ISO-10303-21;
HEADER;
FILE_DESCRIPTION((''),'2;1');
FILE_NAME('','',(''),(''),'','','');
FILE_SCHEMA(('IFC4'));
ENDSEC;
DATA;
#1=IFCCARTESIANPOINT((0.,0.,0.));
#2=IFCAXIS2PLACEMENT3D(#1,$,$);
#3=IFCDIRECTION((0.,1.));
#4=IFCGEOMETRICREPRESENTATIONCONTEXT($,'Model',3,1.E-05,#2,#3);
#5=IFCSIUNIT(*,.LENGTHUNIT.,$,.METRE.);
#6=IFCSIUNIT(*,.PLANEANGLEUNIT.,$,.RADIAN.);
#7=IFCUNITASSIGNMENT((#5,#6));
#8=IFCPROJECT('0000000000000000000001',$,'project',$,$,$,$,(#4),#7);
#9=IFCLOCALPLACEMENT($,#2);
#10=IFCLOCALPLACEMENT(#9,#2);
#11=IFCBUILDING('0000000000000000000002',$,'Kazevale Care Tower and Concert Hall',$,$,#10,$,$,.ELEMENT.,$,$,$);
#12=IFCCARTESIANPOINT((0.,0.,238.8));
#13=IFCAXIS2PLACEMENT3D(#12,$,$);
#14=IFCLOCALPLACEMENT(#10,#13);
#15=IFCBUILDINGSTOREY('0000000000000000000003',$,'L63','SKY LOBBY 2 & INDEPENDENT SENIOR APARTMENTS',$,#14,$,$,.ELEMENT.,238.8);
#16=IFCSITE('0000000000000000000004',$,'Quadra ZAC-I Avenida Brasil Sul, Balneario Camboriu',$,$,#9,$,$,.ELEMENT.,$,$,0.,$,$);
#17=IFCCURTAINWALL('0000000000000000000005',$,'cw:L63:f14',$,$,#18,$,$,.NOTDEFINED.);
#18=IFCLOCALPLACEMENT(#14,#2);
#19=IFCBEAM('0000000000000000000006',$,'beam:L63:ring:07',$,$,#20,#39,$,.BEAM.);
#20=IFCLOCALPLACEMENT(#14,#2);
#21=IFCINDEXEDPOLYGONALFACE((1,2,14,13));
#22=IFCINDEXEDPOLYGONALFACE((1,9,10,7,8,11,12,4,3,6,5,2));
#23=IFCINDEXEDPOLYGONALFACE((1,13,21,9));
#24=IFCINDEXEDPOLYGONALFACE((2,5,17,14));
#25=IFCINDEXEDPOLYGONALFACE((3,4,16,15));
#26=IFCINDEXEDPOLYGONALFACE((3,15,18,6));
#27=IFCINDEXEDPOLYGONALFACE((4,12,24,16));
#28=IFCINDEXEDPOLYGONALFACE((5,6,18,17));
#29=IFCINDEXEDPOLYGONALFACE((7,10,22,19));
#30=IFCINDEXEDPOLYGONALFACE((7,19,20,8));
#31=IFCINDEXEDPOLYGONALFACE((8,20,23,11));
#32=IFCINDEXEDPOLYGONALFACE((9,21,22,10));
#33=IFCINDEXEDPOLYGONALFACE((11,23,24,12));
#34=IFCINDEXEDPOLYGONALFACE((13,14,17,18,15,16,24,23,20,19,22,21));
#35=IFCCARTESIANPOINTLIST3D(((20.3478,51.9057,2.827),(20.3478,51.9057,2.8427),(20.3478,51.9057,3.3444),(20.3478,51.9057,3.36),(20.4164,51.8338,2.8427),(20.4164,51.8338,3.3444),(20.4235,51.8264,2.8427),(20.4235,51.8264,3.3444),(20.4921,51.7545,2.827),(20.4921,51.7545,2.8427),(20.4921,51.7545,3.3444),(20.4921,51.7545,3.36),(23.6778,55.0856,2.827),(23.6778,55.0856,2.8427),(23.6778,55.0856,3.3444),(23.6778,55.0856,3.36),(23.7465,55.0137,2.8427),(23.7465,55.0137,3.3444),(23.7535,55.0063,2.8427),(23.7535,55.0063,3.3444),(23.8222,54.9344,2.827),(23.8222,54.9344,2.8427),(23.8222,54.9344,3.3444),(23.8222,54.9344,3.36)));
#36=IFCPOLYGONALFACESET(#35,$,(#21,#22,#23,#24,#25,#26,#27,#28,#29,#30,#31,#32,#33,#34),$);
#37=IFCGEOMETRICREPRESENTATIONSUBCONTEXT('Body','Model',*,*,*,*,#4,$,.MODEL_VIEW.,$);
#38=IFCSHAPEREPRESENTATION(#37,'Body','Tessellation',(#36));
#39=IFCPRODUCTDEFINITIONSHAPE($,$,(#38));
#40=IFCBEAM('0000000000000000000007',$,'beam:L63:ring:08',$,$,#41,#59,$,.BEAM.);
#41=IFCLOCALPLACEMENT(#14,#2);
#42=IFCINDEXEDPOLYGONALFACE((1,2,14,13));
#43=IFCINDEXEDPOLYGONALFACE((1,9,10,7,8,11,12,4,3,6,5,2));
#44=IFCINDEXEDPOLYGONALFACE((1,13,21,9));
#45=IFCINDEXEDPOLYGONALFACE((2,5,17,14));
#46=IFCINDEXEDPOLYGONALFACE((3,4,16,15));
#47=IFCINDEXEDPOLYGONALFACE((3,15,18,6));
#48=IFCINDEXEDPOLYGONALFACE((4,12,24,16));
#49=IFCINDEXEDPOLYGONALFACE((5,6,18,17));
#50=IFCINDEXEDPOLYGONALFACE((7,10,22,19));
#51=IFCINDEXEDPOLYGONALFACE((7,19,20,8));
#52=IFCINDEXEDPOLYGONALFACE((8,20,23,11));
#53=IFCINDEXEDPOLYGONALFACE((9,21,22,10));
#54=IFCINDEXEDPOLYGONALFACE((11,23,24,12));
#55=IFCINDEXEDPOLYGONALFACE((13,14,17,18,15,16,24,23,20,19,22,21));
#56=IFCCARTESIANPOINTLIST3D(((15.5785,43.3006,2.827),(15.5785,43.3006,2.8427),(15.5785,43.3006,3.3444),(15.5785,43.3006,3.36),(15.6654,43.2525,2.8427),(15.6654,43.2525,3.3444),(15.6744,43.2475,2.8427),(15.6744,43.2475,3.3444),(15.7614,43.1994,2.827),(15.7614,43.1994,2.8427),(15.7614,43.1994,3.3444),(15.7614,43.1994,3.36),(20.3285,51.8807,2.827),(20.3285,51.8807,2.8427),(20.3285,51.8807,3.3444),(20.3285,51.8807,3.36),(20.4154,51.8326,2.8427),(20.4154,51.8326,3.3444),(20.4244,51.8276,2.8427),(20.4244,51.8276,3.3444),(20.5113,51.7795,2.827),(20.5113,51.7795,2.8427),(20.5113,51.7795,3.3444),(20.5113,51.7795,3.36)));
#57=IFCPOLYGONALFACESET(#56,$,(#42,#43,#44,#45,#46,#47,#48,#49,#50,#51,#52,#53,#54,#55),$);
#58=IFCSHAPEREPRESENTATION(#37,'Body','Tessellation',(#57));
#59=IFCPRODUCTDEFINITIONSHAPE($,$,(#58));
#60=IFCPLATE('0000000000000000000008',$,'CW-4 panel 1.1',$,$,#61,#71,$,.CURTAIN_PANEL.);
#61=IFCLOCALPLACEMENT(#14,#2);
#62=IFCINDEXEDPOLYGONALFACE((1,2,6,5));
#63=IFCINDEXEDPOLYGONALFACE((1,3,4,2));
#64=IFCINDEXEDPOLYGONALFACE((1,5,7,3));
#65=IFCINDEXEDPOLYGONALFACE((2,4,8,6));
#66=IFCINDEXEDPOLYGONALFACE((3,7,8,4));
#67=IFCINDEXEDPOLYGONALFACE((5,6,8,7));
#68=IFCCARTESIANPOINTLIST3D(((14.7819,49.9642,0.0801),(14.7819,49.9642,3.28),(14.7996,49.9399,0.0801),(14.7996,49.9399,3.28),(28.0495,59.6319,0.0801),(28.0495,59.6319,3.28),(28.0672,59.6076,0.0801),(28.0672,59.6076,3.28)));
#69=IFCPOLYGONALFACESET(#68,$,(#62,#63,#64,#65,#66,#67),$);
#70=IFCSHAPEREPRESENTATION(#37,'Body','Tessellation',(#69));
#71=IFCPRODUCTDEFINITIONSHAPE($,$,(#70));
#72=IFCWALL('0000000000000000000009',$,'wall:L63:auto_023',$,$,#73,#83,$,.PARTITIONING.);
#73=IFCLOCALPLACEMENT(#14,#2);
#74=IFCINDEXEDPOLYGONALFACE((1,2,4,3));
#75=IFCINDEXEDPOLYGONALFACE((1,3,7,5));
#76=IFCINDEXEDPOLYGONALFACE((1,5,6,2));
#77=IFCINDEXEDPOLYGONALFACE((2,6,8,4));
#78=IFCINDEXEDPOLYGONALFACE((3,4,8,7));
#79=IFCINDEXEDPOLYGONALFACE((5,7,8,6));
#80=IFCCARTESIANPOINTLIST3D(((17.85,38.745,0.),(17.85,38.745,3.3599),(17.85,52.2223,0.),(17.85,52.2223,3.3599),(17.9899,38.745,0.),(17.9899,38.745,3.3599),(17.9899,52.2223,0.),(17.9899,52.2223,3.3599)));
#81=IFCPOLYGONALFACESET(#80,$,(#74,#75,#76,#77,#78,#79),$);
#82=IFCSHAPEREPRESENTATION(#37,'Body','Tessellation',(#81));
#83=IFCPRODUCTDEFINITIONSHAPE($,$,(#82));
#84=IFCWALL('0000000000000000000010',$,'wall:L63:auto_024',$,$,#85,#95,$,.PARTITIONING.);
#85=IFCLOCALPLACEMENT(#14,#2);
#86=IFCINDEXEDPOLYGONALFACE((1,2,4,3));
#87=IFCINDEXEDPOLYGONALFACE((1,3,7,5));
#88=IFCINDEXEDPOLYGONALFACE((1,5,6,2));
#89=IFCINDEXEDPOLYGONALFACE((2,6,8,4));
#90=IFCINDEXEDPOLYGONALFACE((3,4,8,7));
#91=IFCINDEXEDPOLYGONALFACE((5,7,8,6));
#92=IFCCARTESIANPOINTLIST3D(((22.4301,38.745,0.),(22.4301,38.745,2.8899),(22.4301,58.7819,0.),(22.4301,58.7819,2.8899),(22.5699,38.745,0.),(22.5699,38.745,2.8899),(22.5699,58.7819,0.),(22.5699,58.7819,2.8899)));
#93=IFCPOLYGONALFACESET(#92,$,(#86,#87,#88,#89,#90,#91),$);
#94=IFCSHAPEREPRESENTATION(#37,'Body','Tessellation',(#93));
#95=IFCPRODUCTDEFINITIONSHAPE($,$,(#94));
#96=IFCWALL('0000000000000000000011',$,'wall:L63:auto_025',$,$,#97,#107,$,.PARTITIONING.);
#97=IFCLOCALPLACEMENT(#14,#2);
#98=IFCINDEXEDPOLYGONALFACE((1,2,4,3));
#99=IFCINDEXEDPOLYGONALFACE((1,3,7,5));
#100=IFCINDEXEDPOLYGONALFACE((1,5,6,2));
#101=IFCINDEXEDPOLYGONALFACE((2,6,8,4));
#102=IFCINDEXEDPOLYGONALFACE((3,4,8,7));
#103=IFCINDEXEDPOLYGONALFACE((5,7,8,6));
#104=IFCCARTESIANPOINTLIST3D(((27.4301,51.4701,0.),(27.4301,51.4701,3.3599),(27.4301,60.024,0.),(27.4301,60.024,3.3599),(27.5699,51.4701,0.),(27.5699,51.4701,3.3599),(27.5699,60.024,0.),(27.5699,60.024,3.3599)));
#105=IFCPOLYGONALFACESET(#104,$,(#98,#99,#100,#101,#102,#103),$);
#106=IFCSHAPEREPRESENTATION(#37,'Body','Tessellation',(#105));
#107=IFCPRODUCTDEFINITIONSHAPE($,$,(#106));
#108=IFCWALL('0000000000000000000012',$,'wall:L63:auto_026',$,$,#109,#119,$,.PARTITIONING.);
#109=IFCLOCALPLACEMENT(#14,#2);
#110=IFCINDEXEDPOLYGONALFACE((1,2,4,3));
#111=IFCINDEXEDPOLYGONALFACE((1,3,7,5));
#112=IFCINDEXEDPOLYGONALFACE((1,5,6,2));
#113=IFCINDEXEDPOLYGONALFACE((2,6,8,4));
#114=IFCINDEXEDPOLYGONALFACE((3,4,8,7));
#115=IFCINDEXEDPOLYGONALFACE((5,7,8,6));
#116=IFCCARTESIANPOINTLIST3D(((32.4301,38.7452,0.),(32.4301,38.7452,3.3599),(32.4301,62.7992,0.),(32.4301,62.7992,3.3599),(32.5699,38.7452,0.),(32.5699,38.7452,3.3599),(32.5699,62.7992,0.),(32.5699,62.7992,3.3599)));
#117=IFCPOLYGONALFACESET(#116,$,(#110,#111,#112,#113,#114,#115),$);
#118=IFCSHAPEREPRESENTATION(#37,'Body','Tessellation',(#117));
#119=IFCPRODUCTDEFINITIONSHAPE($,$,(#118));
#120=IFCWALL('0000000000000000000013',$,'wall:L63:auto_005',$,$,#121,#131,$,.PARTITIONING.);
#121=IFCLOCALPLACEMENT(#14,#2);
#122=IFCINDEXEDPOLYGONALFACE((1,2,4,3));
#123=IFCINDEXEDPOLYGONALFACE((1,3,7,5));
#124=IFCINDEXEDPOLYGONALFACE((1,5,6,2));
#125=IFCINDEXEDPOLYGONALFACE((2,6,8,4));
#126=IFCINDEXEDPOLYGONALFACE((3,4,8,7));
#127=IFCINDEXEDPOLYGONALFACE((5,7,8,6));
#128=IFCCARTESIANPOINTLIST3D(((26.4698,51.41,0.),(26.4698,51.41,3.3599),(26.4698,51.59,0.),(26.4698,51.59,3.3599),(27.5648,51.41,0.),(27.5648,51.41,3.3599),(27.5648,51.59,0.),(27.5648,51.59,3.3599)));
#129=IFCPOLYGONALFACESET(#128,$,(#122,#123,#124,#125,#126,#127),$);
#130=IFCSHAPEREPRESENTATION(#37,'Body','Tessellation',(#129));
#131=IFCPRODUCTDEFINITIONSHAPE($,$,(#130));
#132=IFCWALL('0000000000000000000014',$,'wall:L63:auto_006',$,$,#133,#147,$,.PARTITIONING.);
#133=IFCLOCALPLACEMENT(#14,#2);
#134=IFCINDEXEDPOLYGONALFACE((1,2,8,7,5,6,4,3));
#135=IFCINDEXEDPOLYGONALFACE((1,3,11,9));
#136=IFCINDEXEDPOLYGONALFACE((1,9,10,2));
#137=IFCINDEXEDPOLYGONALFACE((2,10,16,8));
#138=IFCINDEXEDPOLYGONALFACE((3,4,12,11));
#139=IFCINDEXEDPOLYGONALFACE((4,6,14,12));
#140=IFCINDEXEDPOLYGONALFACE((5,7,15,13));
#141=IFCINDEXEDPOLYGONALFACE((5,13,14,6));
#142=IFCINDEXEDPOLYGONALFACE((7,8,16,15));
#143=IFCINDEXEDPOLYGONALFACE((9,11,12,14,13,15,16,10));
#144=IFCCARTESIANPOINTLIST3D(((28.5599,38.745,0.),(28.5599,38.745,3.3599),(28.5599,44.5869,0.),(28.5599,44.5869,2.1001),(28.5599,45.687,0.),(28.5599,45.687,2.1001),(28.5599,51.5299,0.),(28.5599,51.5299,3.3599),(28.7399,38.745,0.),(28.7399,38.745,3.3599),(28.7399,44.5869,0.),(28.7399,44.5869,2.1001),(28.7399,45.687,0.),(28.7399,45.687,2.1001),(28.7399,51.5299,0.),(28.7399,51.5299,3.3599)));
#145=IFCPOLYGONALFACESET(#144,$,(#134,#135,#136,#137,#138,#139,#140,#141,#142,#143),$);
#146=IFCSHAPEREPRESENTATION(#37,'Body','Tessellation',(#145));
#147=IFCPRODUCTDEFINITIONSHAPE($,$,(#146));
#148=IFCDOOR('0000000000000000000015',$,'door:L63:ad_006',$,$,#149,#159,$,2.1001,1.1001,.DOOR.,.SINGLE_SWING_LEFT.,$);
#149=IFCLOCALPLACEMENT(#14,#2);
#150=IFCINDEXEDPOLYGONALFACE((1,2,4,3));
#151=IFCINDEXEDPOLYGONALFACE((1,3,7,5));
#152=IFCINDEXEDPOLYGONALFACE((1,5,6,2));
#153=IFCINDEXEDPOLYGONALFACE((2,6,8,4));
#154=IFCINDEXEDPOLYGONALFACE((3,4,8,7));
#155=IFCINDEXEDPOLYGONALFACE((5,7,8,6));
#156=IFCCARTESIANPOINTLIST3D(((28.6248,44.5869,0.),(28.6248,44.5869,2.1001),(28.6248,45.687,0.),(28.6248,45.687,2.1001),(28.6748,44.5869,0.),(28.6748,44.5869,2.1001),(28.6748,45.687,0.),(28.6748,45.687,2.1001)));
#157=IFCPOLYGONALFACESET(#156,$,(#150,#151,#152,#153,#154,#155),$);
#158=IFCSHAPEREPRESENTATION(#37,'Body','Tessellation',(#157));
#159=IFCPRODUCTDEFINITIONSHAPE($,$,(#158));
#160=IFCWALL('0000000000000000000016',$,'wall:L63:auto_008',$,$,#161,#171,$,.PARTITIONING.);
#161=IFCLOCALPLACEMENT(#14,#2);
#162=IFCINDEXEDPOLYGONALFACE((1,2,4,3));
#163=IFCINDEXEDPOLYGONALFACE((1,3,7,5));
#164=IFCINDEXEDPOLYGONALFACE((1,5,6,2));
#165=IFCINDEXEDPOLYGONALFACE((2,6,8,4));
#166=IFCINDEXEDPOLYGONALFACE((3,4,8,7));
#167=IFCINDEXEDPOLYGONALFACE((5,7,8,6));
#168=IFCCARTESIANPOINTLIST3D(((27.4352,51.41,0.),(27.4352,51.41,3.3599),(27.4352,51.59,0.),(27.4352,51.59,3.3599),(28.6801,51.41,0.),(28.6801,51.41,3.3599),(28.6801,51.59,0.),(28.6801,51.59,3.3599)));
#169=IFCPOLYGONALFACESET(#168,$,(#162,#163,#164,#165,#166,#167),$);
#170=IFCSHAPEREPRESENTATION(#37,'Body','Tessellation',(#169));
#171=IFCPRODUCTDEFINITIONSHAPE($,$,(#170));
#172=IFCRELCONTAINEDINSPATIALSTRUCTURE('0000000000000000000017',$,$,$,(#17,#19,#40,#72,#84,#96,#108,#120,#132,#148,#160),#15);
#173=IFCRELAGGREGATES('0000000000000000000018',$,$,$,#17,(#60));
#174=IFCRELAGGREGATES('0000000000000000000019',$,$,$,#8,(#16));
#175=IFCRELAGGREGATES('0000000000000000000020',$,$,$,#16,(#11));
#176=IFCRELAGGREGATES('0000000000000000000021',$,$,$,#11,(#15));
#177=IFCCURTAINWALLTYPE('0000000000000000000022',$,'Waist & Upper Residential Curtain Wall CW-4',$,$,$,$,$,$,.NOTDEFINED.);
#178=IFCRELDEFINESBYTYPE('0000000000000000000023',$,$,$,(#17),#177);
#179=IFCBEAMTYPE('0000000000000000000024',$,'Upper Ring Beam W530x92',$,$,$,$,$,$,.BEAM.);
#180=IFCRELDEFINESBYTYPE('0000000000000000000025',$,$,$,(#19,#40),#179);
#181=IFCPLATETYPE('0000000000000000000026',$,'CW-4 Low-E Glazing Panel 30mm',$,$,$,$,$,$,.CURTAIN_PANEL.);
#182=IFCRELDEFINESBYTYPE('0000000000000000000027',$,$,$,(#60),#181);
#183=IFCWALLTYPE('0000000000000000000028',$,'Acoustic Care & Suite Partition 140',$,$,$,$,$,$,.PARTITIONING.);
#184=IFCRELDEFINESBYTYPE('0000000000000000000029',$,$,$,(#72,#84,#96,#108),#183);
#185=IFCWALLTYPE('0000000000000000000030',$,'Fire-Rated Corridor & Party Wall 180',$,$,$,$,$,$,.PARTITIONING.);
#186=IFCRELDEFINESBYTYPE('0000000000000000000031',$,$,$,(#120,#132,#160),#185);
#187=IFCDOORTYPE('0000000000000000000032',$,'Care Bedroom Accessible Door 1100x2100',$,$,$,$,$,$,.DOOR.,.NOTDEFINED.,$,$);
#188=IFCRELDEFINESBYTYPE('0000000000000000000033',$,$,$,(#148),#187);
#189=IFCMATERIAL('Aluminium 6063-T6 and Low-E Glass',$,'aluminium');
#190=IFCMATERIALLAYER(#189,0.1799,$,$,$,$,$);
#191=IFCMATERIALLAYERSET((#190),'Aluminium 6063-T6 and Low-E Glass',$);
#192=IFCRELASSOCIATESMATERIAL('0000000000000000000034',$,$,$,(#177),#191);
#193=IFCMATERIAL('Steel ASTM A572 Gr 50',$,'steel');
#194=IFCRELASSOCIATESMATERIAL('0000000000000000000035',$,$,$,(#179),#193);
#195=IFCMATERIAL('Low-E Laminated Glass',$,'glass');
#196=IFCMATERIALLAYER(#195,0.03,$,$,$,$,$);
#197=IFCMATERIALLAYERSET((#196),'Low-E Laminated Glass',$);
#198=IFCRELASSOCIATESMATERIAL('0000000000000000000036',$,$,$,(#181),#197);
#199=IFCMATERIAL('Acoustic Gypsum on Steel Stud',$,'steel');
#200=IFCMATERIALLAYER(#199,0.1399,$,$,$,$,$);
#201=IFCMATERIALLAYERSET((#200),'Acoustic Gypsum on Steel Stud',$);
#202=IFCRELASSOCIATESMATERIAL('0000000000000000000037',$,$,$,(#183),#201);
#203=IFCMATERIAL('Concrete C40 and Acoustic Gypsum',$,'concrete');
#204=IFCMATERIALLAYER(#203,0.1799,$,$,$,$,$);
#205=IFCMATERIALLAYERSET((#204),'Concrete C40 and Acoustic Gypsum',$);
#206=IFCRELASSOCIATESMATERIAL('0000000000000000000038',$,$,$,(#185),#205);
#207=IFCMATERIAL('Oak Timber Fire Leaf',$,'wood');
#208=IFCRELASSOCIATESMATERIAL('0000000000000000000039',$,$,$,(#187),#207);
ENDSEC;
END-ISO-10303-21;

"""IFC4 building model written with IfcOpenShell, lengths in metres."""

from ifc_helpers import new_model, si_unit, direction, frame, frame_2d, origin, origin_2d, place, context, subcontext, project, spatial, rectangle, i_section, extrude, material, layer, layer_set, material_profile, profile_set, type_object, element, fill, aggregate, save


model = new_model("IFC4")

# Units and contexts
model_context = context("Model", 3, precision=1e-05, world=origin(), true_north=direction((0.0, 1.0)))
body_context = subcontext(model_context, "Body", "Model", "MODEL_VIEW")
ifc_project = project(units=[si_unit("LENGTHUNIT", "METRE"), si_unit("PLANEANGLEUNIT", "RADIAN")], contexts=[model_context])

# Site, building, storey
site_placement = place(None, origin())
site = spatial("IfcSite", under=ifc_project, at=site_placement, Name="Quadra ZAC-I Avenida Brasil Sul, Balneario Camboriu", CompositionType="ELEMENT", RefElevation=0.0)
building_placement = place(site_placement, origin())
building = spatial("IfcBuilding", under=site, at=building_placement, Name="Kazevale Care Tower and Concert Hall", CompositionType="ELEMENT")
storey_placement = place(building_placement, frame((0.0, 0.0, 238.8)))
storey = spatial("IfcBuildingStorey", under=building, at=storey_placement, Name="L63", Description="SKY LOBBY 2 & INDEPENDENT SENIOR APARTMENTS", CompositionType="ELEMENT", Elevation=238.8)

# Curtain wall
ifc_material_1 = material(Name="Aluminium 6063-T6 and Low-E Glass", Category="aluminium")
ifc_layer_1 = layer(ifc_material_1, 0.1799)
ifc_layer_set_1 = layer_set([ifc_layer_1], Name="Aluminium 6063-T6 and Low-E Glass")
curtain_wall_type = type_object("IfcCurtainWallType", Name="Waist & Upper Residential Curtain Wall CW-4", PredefinedType="NOTDEFINED", material=ifc_layer_set_1)
curtain_wall_placement = place(storey_placement, origin())
curtain_wall = element("IfcCurtainWall", 1, at=curtain_wall_placement, inside=storey, type_object=curtain_wall_type, Name="cw:L63:f14", PredefinedType="NOTDEFINED")

# Beams
ifc_material_2 = material(Name="Steel ASTM A572 Gr 50", Category="steel")
ifc_material_profile_1 = material_profile(ifc_material_2, i_section(OverallWidth=0.209, OverallDepth=0.533, WebThickness=0.0103, FlangeThickness=0.0156, at=origin_2d()), Name="W530x92")
ifc_profile_set_1 = profile_set([ifc_material_profile_1], Name="Steel ASTM A572 Gr 50")
beam_type = type_object("IfcBeamType", Name="Upper Ring Beam W530x92", PredefinedType="BEAM", material=ifc_profile_set_1)
beam_1_placement = place(storey_placement, frame((23.75, 55.01, 3.0935), z_axis=(-0.723223, -0.690614, 0.0), x_axis=(0.690614, -0.723223, 0.0)))
element("IfcBeam", 2, at=beam_1_placement, inside=storey, type_object=beam_type, Name="beam:L63:ring:07", PredefinedType="BEAM", context=body_context, shape_type="SweptSolid", body=[
    extrude(i_section(OverallWidth=0.209, OverallDepth=0.533, WebThickness=0.0103, FlangeThickness=0.0156, at=origin_2d()), origin(), (0.0, 0.0, 1.0), 4.6045),
])
beam_2_placement = place(storey_placement, frame((20.4199, 51.8301, 3.0935), z_axis=(-0.48434, -0.87488, 0.0), x_axis=(0.87488, -0.48434, 0.0)))
element("IfcBeam", 3, at=beam_2_placement, inside=storey, type_object=beam_type, Name="beam:L63:ring:08", PredefinedType="BEAM", context=body_context, shape_type="SweptSolid", body=[
    extrude(i_section(OverallWidth=0.209, OverallDepth=0.533, WebThickness=0.0103, FlangeThickness=0.0156, at=origin_2d()), origin(), (0.0, 0.0, 1.0), 9.8071),
])

# Plate
ifc_material_3 = material(Name="Low-E Laminated Glass", Category="glass")
ifc_layer_2 = layer(ifc_material_3, 0.03)
ifc_layer_set_2 = layer_set([ifc_layer_2], Name="Low-E Laminated Glass")
plate_type = type_object("IfcPlateType", Name="CW-4 Low-E Glazing Panel 30mm", PredefinedType="CURTAIN_PANEL", material=ifc_layer_set_2)
plate_placement = place(storey_placement, frame((21.4246, 54.7859, 0.0801), z_axis=(0.0, 0.0, 1.0), x_axis=(0.808198, 0.58891, 0.0)))
plate = element("IfcPlate", 4, at=plate_placement, type_object=plate_type, Name="CW-4 panel 1.1", PredefinedType="CURTAIN_PANEL", context=body_context, shape_type="SweptSolid", body=[
    extrude(rectangle(XDim=16.4163, YDim=0.03, at=origin_2d()), origin(), (0.0, 0.0, 1.0), 3.2),
])
aggregate(curtain_wall, [plate])

# Walls
ifc_material_4 = material(Name="Acoustic Gypsum on Steel Stud", Category="steel")
ifc_layer_3 = layer(ifc_material_4, 0.1399)
ifc_layer_set_3 = layer_set([ifc_layer_3], Name="Acoustic Gypsum on Steel Stud")
wall_type_1 = type_object("IfcWallType", Name="Acoustic Care & Suite Partition 140", PredefinedType="PARTITIONING", material=ifc_layer_set_3)
wall_1_placement = place(storey_placement, frame((17.9199, 52.2224, 0.0), z_axis=(0.0, 0.0, 1.0), x_axis=(0.0, -1.0, 0.0)))
element("IfcWall", 5, at=wall_1_placement, inside=storey, type_object=wall_type_1, Name="wall:L63:auto_023", PredefinedType="PARTITIONING", context=body_context, shape_type="SweptSolid", body=[
    extrude(rectangle(XDim=13.4773, YDim=0.1399, at=frame_2d((6.7388, 0.0))), origin(), (0.0, 0.0, 1.0), 3.3599),
])
wall_2_placement = place(storey_placement, frame((22.5, 58.782, 0.0), z_axis=(0.0, 0.0, 1.0), x_axis=(0.0, -1.0, 0.0)))
element("IfcWall", 6, at=wall_2_placement, inside=storey, type_object=wall_type_1, Name="wall:L63:auto_024", PredefinedType="PARTITIONING", context=body_context, shape_type="SweptSolid", body=[
    extrude(rectangle(XDim=20.0369, YDim=0.1399, at=frame_2d((10.0186, 0.0))), origin(), (0.0, 0.0, 1.0), 2.8899),
])
wall_3_placement = place(storey_placement, frame((27.5, 60.0239, 0.0), z_axis=(0.0, 0.0, 1.0), x_axis=(0.0, -1.0, 0.0)))
element("IfcWall", 7, at=wall_3_placement, inside=storey, type_object=wall_type_1, Name="wall:L63:auto_025", PredefinedType="PARTITIONING", context=body_context, shape_type="SweptSolid", body=[
    extrude(rectangle(XDim=8.554, YDim=0.1399, at=frame_2d((4.2769, 0.0))), origin(), (0.0, 0.0, 1.0), 3.3599),
])
wall_4_placement = place(storey_placement, frame((32.5, 62.7991, 0.0), z_axis=(0.0, 0.0, 1.0), x_axis=(0.0, -1.0, 0.0)))
element("IfcWall", 8, at=wall_4_placement, inside=storey, type_object=wall_type_1, Name="wall:L63:auto_026", PredefinedType="PARTITIONING", context=body_context, shape_type="SweptSolid", body=[
    extrude(rectangle(XDim=24.054, YDim=0.1399, at=frame_2d((12.0269, 0.0))), origin(), (0.0, 0.0, 1.0), 3.3599),
])
ifc_material_5 = material(Name="Concrete C40 and Acoustic Gypsum", Category="concrete")
ifc_layer_4 = layer(ifc_material_5, 0.1799)
ifc_layer_set_4 = layer_set([ifc_layer_4], Name="Concrete C40 and Acoustic Gypsum")
wall_type_2 = type_object("IfcWallType", Name="Fire-Rated Corridor & Party Wall 180", PredefinedType="PARTITIONING", material=ifc_layer_set_4)
wall_5_placement = place(storey_placement, frame((26.47, 51.5, 0.0), z_axis=(0.0, 0.0, 1.0), x_axis=(1.0, 0.0, 0.0)))
element("IfcWall", 9, at=wall_5_placement, inside=storey, type_object=wall_type_2, Name="wall:L63:auto_005", PredefinedType="PARTITIONING", context=body_context, shape_type="SweptSolid", body=[
    extrude(rectangle(XDim=1.095, YDim=0.1799, at=frame_2d((0.5474, 0.0))), origin(), (0.0, 0.0, 1.0), 3.3599),
])

# Wall, opening, door
wall_6_placement = place(storey_placement, frame((28.6499, 51.53, 0.0), z_axis=(0.0, 0.0, 1.0), x_axis=(0.0, -1.0, 0.0)))
wall_6 = element("IfcWall", 10, at=wall_6_placement, inside=storey, type_object=wall_type_2, Name="wall:L63:auto_006", PredefinedType="PARTITIONING", context=body_context, shape_type="SweptSolid", body=[
    extrude(rectangle(XDim=12.7849, YDim=0.1799, at=frame_2d((6.3926, 0.0))), origin(), (0.0, 0.0, 1.0), 3.3599),
])
opening_1_placement = place(wall_6_placement, frame((5.843, 0.0, 0.0)))
opening_1 = element("IfcOpeningElement", 11, at=opening_1_placement, cuts=wall_6, PredefinedType="OPENING", context=body_context, shape_type="SweptSolid", body=[
    extrude(rectangle(XDim=1.1001, YDim=2.1001, at=frame_2d((0.55, 1.05))), frame((0.0, 0.0999, 0.0), z_axis=(0.0, -1.0, 0.0), x_axis=(1.0, 0.0, 0.0)), (0.0, 0.0, 1.0), 0.2),
])
ifc_material_6 = material(Name="Oak Timber Fire Leaf", Category="wood")
door_type = type_object("IfcDoorType", Name="Care Bedroom Accessible Door 1100x2100", OperationType="NOTDEFINED", PredefinedType="DOOR", material=ifc_material_6)
door_placement = place(opening_1_placement, origin())
door = element("IfcDoor", 12, at=door_placement, inside=storey, type_object=door_type, Name="door:L63:ad_006", OperationType="SINGLE_SWING_LEFT", OverallHeight=2.1001, OverallWidth=1.1001, PredefinedType="DOOR", context=body_context, shape_type="SweptSolid", body=[
    extrude(rectangle(XDim=1.1001, YDim=2.1001, at=frame_2d((0.55, 1.05))), frame((0.0, 0.0249, 0.0), z_axis=(0.0, -1.0, 0.0), x_axis=(1.0, 0.0, 0.0)), (0.0, 0.0, 1.0), 0.05),
])
fill(opening_1, door)

# Wall
wall_7_placement = place(storey_placement, frame((27.4351, 51.5, 0.0), z_axis=(0.0, 0.0, 1.0), x_axis=(1.0, 0.0, 0.0)))
element("IfcWall", 13, at=wall_7_placement, inside=storey, type_object=wall_type_2, Name="wall:L63:auto_008", PredefinedType="PARTITIONING", context=body_context, shape_type="SweptSolid", body=[
    extrude(rectangle(XDim=1.2449, YDim=0.1799, at=frame_2d((0.6226, 0.0))), origin(), (0.0, 0.0, 1.0), 3.3599),
])

save(model, "model.ifc")
